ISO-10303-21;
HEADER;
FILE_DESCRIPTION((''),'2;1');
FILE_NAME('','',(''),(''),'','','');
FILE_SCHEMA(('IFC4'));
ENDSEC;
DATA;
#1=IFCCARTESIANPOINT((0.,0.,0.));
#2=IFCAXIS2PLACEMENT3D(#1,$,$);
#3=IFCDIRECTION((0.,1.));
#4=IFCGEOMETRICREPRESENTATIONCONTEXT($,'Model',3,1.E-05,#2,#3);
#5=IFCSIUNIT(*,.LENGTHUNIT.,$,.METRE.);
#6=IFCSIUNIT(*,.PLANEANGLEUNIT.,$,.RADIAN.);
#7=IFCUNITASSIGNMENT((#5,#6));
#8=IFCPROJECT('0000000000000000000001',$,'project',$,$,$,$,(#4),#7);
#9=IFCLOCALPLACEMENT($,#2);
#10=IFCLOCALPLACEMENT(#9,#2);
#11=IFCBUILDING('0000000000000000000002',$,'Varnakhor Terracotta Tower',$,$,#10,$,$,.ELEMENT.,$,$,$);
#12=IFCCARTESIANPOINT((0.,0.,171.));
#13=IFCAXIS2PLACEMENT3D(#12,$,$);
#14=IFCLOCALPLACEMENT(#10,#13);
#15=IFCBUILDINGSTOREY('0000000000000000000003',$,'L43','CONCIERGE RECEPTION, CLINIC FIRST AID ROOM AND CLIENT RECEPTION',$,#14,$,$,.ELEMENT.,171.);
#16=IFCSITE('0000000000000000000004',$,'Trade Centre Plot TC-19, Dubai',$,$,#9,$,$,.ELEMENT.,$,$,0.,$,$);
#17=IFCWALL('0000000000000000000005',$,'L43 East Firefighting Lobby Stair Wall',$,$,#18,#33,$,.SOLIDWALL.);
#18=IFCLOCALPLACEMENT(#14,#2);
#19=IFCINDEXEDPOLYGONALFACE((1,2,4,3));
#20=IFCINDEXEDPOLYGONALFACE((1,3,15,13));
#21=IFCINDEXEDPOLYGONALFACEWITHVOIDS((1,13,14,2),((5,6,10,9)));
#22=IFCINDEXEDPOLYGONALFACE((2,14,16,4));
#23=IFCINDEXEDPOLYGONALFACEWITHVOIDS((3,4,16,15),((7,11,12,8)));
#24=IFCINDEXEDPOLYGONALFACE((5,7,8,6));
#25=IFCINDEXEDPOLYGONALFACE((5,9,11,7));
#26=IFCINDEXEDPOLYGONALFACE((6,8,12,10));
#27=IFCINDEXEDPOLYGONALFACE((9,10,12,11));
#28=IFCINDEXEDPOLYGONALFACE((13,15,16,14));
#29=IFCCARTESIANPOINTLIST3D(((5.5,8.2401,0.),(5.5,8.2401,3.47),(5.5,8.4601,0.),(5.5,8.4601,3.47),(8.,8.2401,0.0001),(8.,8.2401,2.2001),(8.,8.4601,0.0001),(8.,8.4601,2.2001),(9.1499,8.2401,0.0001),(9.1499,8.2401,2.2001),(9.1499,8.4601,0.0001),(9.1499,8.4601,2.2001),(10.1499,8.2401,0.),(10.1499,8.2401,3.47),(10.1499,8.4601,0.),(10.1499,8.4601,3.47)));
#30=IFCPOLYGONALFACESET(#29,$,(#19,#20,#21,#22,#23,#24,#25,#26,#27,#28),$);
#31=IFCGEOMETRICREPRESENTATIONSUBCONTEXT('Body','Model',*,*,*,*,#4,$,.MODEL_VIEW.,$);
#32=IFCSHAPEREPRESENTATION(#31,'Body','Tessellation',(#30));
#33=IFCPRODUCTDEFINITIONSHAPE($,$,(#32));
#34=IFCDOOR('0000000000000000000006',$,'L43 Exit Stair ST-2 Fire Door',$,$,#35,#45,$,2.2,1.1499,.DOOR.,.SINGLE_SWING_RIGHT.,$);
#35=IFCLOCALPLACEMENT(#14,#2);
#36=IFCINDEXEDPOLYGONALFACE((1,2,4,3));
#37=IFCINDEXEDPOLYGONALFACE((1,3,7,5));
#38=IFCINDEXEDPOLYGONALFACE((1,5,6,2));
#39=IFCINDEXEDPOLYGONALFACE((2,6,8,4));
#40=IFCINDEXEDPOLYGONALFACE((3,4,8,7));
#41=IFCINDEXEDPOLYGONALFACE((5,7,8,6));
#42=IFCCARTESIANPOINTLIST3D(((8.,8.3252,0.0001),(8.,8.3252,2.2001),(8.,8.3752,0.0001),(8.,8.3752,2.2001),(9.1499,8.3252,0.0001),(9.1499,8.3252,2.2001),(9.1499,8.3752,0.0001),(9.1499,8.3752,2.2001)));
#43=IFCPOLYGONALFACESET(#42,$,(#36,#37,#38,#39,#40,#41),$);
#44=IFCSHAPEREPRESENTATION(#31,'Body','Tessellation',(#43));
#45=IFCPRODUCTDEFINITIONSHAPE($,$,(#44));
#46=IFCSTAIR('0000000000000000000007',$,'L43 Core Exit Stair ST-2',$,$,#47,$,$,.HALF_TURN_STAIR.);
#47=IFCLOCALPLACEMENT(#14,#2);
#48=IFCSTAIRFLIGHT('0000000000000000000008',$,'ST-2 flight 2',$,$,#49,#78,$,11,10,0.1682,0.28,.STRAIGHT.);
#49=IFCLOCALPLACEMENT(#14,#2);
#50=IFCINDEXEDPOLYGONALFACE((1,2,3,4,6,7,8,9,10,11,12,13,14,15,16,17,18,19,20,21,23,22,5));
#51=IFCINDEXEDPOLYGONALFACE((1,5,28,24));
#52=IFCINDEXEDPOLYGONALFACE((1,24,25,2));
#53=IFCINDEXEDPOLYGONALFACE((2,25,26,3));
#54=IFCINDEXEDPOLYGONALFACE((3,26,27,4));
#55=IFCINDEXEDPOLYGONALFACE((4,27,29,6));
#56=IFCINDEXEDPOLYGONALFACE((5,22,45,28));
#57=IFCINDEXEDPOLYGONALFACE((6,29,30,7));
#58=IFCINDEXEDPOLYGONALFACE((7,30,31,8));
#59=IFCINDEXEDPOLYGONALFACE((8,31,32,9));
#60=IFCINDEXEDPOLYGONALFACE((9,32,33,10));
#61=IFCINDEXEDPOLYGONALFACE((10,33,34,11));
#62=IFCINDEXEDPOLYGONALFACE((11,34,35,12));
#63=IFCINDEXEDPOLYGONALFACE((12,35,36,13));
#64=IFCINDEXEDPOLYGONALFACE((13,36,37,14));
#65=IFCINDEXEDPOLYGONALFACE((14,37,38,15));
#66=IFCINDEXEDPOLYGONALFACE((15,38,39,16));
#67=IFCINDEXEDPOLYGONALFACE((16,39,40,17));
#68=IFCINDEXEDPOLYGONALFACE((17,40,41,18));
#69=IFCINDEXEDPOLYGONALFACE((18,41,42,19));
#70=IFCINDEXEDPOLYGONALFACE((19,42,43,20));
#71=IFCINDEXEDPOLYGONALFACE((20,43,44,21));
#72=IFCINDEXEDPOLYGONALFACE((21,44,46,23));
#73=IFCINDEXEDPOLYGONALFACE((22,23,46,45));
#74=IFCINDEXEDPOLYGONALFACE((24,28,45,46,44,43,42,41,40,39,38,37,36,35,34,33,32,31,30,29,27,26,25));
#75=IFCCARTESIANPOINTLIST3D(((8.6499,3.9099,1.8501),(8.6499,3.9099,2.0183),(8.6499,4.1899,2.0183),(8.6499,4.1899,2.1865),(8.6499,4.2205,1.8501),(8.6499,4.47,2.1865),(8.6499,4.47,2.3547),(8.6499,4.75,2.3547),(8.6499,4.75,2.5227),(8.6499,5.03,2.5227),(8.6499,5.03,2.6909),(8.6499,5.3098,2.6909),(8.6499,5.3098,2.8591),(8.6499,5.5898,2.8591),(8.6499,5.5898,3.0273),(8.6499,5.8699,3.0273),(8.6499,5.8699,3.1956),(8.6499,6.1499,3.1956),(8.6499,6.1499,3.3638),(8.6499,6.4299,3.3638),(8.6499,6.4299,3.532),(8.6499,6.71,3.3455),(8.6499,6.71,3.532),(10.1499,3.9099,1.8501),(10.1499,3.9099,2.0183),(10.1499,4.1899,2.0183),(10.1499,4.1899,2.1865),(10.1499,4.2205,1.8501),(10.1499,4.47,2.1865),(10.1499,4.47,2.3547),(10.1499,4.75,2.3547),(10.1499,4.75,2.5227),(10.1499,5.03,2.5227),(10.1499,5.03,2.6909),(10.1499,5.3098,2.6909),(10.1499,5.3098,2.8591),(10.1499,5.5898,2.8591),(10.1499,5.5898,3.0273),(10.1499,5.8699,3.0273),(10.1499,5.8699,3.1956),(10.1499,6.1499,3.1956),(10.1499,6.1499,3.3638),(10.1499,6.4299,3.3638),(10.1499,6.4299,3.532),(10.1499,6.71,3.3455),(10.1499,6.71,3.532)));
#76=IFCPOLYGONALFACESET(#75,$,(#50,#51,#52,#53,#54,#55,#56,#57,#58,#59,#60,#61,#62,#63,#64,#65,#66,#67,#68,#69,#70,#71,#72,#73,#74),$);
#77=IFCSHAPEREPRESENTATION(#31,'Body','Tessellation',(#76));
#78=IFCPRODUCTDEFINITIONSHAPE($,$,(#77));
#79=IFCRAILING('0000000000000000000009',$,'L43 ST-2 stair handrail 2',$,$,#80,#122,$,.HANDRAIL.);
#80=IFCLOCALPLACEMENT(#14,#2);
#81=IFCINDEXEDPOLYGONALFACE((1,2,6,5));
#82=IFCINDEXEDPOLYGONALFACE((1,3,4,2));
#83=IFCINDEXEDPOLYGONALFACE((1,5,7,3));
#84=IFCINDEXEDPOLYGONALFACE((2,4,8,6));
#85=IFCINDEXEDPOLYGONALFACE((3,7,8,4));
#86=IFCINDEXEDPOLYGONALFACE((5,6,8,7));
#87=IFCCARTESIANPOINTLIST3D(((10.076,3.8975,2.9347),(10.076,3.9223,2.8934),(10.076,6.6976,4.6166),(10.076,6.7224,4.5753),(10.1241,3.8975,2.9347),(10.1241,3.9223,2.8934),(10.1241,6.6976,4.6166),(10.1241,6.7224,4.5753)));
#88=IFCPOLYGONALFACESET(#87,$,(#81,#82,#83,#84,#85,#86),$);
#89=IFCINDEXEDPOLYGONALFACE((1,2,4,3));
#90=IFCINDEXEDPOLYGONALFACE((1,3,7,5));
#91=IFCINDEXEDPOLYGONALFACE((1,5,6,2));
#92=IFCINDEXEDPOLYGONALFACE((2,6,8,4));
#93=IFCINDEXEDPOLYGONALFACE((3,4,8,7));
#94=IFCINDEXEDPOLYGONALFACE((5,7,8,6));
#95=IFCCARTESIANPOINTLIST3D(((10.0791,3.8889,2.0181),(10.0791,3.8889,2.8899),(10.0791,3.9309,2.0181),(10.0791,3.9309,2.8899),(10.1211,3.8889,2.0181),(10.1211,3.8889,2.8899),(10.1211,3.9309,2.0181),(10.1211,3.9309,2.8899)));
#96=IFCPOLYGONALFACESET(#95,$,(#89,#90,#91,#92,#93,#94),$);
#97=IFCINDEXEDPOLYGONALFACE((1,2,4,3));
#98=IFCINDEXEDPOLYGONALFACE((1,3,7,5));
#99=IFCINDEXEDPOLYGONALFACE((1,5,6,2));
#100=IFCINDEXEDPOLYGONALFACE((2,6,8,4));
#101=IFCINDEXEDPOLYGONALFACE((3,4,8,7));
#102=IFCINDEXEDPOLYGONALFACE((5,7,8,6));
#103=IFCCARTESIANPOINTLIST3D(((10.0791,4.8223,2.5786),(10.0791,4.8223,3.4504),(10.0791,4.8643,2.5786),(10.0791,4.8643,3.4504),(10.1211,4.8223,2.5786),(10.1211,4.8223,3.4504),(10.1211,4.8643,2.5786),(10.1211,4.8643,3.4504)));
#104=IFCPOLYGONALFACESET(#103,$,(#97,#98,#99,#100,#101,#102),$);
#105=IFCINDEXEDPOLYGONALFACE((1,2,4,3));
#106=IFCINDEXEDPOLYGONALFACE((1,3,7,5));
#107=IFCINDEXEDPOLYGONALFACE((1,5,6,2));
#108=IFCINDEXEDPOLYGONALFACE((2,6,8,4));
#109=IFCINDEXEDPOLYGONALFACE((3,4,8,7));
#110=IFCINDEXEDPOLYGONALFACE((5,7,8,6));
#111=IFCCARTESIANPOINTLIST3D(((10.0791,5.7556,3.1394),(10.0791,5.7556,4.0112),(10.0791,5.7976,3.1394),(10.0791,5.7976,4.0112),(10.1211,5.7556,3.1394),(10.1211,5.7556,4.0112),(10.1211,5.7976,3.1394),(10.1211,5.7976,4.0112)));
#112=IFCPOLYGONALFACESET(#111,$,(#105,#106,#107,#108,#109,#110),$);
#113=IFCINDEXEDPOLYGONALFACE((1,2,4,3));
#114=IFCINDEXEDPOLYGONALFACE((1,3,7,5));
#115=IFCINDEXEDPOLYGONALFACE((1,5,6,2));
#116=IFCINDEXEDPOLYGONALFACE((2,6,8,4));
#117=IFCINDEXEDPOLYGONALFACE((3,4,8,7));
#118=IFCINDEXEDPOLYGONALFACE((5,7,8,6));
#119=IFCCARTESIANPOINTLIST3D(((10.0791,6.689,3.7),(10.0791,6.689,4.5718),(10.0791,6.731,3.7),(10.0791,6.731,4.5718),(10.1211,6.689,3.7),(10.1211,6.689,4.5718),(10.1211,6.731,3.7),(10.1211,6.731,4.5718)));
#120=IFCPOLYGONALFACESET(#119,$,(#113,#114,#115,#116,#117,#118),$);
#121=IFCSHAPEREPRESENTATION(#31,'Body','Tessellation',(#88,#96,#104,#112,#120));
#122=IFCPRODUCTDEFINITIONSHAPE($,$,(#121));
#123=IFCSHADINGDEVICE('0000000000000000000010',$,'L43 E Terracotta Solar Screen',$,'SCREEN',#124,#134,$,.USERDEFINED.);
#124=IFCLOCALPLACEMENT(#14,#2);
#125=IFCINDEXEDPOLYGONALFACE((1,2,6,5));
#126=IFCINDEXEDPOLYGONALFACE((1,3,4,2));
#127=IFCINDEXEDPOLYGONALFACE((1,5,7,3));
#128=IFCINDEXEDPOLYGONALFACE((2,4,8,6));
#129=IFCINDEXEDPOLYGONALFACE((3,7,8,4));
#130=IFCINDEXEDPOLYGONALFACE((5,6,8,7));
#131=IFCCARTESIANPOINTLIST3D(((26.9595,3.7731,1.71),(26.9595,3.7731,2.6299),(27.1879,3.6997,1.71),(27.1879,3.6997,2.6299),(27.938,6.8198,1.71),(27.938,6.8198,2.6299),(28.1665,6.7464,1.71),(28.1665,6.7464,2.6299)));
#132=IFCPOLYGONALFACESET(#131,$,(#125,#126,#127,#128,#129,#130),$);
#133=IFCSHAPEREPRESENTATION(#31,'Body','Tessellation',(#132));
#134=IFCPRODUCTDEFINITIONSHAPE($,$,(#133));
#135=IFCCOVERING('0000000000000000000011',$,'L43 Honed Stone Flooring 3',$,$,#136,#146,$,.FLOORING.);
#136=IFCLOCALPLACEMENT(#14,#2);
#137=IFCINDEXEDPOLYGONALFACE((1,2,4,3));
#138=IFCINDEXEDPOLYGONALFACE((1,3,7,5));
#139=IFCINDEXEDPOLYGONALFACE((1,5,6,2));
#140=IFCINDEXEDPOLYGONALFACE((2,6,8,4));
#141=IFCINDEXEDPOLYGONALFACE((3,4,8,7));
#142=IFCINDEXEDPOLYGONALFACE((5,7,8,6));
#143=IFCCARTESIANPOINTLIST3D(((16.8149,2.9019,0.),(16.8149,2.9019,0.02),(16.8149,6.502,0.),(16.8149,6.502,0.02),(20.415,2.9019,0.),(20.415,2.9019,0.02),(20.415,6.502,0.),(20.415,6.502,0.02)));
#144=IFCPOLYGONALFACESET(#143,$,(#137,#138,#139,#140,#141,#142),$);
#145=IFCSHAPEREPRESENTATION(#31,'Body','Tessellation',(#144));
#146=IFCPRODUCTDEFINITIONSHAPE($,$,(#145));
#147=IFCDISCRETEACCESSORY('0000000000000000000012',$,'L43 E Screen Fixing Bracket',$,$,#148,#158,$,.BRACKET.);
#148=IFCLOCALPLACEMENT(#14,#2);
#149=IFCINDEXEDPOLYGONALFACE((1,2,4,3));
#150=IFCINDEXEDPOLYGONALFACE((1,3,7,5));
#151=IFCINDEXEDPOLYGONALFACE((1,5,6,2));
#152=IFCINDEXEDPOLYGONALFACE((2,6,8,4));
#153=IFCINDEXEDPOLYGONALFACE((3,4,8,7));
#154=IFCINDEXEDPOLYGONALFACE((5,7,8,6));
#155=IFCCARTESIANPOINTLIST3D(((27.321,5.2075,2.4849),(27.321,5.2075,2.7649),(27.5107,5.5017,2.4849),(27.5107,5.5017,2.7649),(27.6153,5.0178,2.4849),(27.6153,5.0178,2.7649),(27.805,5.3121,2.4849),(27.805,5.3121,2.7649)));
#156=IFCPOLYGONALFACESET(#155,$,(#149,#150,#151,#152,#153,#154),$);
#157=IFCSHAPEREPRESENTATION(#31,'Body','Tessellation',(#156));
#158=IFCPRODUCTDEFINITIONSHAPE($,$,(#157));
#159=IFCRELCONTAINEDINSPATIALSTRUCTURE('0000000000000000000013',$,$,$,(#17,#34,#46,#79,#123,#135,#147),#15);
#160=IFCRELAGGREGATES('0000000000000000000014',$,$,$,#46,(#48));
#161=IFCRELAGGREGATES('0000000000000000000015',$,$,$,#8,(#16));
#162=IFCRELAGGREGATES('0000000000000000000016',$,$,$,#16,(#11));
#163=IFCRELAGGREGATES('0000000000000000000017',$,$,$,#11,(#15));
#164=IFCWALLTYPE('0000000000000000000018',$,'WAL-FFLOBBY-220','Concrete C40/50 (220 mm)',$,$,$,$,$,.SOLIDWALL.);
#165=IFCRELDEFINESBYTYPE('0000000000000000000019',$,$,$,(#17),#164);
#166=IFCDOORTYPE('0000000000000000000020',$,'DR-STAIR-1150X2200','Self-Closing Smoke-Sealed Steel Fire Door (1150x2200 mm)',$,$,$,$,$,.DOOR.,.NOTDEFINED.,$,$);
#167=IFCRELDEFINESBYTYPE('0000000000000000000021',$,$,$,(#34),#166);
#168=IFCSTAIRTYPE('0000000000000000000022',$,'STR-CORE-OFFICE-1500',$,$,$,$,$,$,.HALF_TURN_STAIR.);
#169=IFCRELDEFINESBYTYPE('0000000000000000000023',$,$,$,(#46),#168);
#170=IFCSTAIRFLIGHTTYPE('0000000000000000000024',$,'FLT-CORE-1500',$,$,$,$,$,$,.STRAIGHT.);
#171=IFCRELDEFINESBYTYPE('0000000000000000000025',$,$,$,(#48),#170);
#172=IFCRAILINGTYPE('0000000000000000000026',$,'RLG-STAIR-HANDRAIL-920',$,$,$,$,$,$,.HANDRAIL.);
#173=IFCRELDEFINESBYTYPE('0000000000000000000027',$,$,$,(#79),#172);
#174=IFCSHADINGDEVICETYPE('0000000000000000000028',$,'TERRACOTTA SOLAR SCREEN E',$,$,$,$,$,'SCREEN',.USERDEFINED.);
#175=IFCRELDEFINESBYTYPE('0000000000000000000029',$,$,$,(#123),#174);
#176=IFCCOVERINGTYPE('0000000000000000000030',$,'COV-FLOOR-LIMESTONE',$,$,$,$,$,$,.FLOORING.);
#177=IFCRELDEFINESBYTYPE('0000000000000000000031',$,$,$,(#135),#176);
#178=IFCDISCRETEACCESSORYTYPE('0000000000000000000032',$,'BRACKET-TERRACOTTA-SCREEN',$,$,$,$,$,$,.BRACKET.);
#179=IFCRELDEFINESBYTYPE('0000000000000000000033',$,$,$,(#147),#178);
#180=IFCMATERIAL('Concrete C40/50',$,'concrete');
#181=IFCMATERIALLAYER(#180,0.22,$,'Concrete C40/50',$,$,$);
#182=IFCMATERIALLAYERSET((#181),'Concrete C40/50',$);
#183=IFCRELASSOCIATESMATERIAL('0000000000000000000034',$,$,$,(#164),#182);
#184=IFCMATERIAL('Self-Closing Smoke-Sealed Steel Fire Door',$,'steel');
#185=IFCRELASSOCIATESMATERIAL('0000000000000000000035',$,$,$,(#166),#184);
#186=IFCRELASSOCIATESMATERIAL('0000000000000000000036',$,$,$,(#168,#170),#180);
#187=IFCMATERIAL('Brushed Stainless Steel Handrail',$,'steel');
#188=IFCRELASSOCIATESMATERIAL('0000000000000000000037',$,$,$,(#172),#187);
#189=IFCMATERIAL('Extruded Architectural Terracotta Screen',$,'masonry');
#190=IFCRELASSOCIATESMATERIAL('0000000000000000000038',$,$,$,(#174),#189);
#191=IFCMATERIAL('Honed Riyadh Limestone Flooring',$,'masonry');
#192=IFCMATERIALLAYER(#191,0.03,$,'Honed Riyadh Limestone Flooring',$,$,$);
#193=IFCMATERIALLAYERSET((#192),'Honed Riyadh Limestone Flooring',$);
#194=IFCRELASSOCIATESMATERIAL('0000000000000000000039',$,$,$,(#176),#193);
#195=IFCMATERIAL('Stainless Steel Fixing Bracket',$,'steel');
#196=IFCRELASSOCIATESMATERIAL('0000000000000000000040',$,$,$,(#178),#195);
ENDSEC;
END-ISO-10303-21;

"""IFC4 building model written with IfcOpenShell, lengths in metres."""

from ifc_helpers import new_model, si_unit, direction, frame, frame_2d, origin, origin_2d, place, context, subcontext, project, spatial, polyline, rectangle, outline, extrude, source, transform, mapped, material, layer, layer_set, type_object, type_shapes, element, fill, aggregate, save


model = new_model("IFC4")

# Units and contexts
model_context = context("Model", 3, precision=1e-05, world=origin(), true_north=direction((0.0, 1.0)))
body_context = subcontext(model_context, "Body", "Model", "MODEL_VIEW")
ifc_project = project(units=[si_unit("LENGTHUNIT", "METRE"), si_unit("PLANEANGLEUNIT", "RADIAN")], contexts=[model_context])

# Site, building, storey
site_placement = place(None, origin())
site = spatial("IfcSite", under=ifc_project, at=site_placement, Name="Trade Centre Plot TC-19, Dubai", CompositionType="ELEMENT", RefElevation=0.0)
building_placement = place(site_placement, origin())
building = spatial("IfcBuilding", under=site, at=building_placement, Name="Varnakhor Terracotta Tower", CompositionType="ELEMENT")
storey_placement = place(building_placement, frame((0.0, 0.0, 171.0)))
storey = spatial("IfcBuildingStorey", under=building, at=storey_placement, Name="L43", Description="CONCIERGE RECEPTION, CLINIC FIRST AID ROOM AND CLIENT RECEPTION", CompositionType="ELEMENT", Elevation=171.0)

# Wall, opening, door
ifc_material_1 = material(Name="Concrete C40/50", Category="concrete")
ifc_layer_1 = layer(ifc_material_1, 0.22, Name="Concrete C40/50")
ifc_layer_set_1 = layer_set([ifc_layer_1], Name="Concrete C40/50")
wall_type_1 = type_object("IfcWallType", Name="WAL-FFLOBBY-220", Description="Concrete C40/50 (220 mm)", PredefinedType="SOLIDWALL", material=ifc_layer_set_1)
wall_1_placement = place(storey_placement, frame((10.1499, 8.3501, 0.0), z_axis=(0.0, 0.0, 1.0), x_axis=(-1.0, 0.0, 0.0)))
wall_1 = element("IfcWall", 1, at=wall_1_placement, inside=storey, type_object=wall_type_1, Name="L43 East Firefighting Lobby Stair Wall", PredefinedType="SOLIDWALL", context=body_context, shape_type="SweptSolid", body=[
    extrude(rectangle(XDim=4.6499, YDim=0.22, at=frame_2d((2.325, 0.0))), origin(), (0.0, 0.0, 1.0), 3.47),
])
opening_placement = place(wall_1_placement, frame((1.0, 0.0, 0.0)))
opening = element("IfcOpeningElement", 2, at=opening_placement, cuts=wall_1, PredefinedType="OPENING", context=body_context, shape_type="SweptSolid", body=[
    extrude(rectangle(XDim=1.1499, YDim=2.2, at=frame_2d((0.575, 1.1001))), frame((0.0, 0.1201, 0.0), z_axis=(0.0, -1.0, 0.0), x_axis=(1.0, 0.0, 0.0)), (0.0, 0.0, 1.0), 0.24),
])
ifc_material_2 = material(Name="Self-Closing Smoke-Sealed Steel Fire Door", Category="steel")
door_type = type_object("IfcDoorType", Name="DR-STAIR-1150X2200", Description="Self-Closing Smoke-Sealed Steel Fire Door (1150x2200 mm)", OperationType="NOTDEFINED", PredefinedType="DOOR", material=ifc_material_2)
shared_shape_1 = source(origin(), body_context, "Body", "SweptSolid", [
    extrude(rectangle(XDim=1.1499, YDim=2.2, at=frame_2d((0.575, 1.1001))), frame((0.0, 0.0249, 0.0), z_axis=(0.0, -1.0, 0.0), x_axis=(1.0, 0.0, 0.0)), (0.0, 0.0, 1.0), 0.05),
])
type_shapes(door_type, [shared_shape_1])
door_placement = place(opening_placement, origin())
door = element("IfcDoor", 3, at=door_placement, inside=storey, type_object=door_type, Name="L43 Exit Stair ST-2 Fire Door", OperationType="SINGLE_SWING_RIGHT", OverallHeight=2.2, OverallWidth=1.1499, PredefinedType="DOOR", context=body_context, shape_type="MappedRepresentation", body=[
    mapped(shared_shape_1, transform((0.0, 0.0, 0.0), scale=1.0)),
])
fill(opening, door)

# Stair, stair flight
stair_type = type_object("IfcStairType", Name="STR-CORE-OFFICE-1500", PredefinedType="HALF_TURN_STAIR", material=ifc_material_1)
stair_placement = place(storey_placement, origin())
stair = element("IfcStair", 4, at=stair_placement, inside=storey, type_object=stair_type, Name="L43 Core Exit Stair ST-2", PredefinedType="HALF_TURN_STAIR")
stair_flight_type = type_object("IfcStairFlightType", Name="FLT-CORE-1500", PredefinedType="STRAIGHT", material=ifc_material_1)
stair_flight_placement = place(storey_placement, frame((9.3999, 3.9099, 1.8501), z_axis=(0.0, 0.0, 1.0), x_axis=(0.0, 1.0, 0.0)))
stair_flight = element("IfcStairFlight", 5, at=stair_flight_placement, type_object=stair_flight_type, Name="ST-2 flight 2", NumberOfRisers=11, NumberOfTreads=10, PredefinedType="STRAIGHT", RiserHeight=0.1682, TreadLength=0.28, context=body_context, shape_type="SweptSolid", body=[
    extrude(outline(polyline([(0.0, 0.0), (0.0, 0.1682), (0.28, 0.1682), (0.28, 0.3364), (0.5601, 0.3364), (0.5601, 0.5046), (0.8401, 0.5046), (0.8401, 0.6726), (1.1201, 0.6726), (1.1201, 0.8408), (1.3999, 0.8408), (1.3999, 1.009), (1.6799, 1.009), (1.6799, 1.1772), (1.96, 1.1772), (1.96, 1.3455), (2.24, 1.3455), (2.24, 1.5137), (2.52, 1.5137), (2.52, 1.6819), (2.8, 1.6819), (2.8, 1.8501), (2.8, 1.4954), (0.3105, 0.0), (0.0, 0.0)])), frame((0.0, 0.75, 0.0), z_axis=(0.0, -1.0, 0.0), x_axis=(1.0, 0.0, 0.0)), (0.0, 0.0, 1.0), 1.5),
])
aggregate(stair, [stair_flight])

# Railing
ifc_material_3 = material(Name="Brushed Stainless Steel Handrail", Category="steel")
railing_type = type_object("IfcRailingType", Name="RLG-STAIR-HANDRAIL-920", PredefinedType="HANDRAIL", material=ifc_material_3)
railing_placement = place(storey_placement, frame((10.1001, 3.9099, 2.0181)))
element("IfcRailing", 6, at=railing_placement, inside=storey, type_object=railing_type, Name="L43 ST-2 stair handrail 2", PredefinedType="HANDRAIL", context=body_context, shape_type="SweptSolid", body=[
    extrude(rectangle(XDim=0.0481, YDim=0.0481, at=origin_2d()), frame((0.0, 0.0, 0.896), z_axis=(0.0, 0.857242, 0.514913), x_axis=(-1.0, 0.0, 0.0)), (0.0, 0.0, 1.0), 3.2664),
    extrude(rectangle(XDim=0.042, YDim=0.042, at=origin_2d()), origin(), (0.0, 0.0, 1.0), 0.8718),
    extrude(rectangle(XDim=0.042, YDim=0.042, at=origin_2d()), frame((0.0, 0.9333, 0.5605)), (0.0, 0.0, 1.0), 0.8718),
    extrude(rectangle(XDim=0.042, YDim=0.042, at=origin_2d()), frame((0.0, 1.8667, 1.1213)), (0.0, 0.0, 1.0), 0.8718),
    extrude(rectangle(XDim=0.042, YDim=0.042, at=origin_2d()), frame((0.0, 2.8, 1.6819)), (0.0, 0.0, 1.0), 0.8718),
])

# Shading device
ifc_material_4 = material(Name="Extruded Architectural Terracotta Screen", Category="masonry")
shading_device_type = type_object("IfcShadingDeviceType", Name="TERRACOTTA SOLAR SCREEN E", ElementType="SCREEN", PredefinedType="USERDEFINED", material=ifc_material_4)
shared_shape_2 = source(origin(), body_context, "Body", "SweptSolid", [
    extrude(rectangle(XDim=3.2, YDim=0.24, at=origin_2d()), origin(), (0.0, 0.0, 1.0), 0.9199),
])
type_shapes(shading_device_type, [shared_shape_2])
shading_device_placement = place(storey_placement, frame((27.563, 5.2598, 1.71), z_axis=(0.0, 0.0, 1.0), x_axis=(0.305812, 0.952092, 0.0)))
element("IfcShadingDevice", 7, at=shading_device_placement, inside=storey, type_object=shading_device_type, Name="L43 E Terracotta Solar Screen", ObjectType="SCREEN", PredefinedType="USERDEFINED", context=body_context, shape_type="MappedRepresentation", body=[
    mapped(shared_shape_2, transform((0.0, 0.0, 0.0), scale=1.0)),
])

# Covering
ifc_material_5 = material(Name="Honed Riyadh Limestone Flooring", Category="masonry")
ifc_layer_2 = layer(ifc_material_5, 0.03, Name="Honed Riyadh Limestone Flooring")
ifc_layer_set_2 = layer_set([ifc_layer_2], Name="Honed Riyadh Limestone Flooring")
covering_type = type_object("IfcCoveringType", Name="COV-FLOOR-LIMESTONE", PredefinedType="FLOORING", material=ifc_layer_set_2)
shared_shape_3 = source(origin(), body_context, "Body", "SweptSolid", [
    extrude(rectangle(XDim=3.6001, YDim=3.6001, at=origin_2d()), origin(), (0.0, 0.0, 1.0), 0.02),
])
covering_placement = place(storey_placement, frame((18.615, 4.7019, 0.0), z_axis=(0.0, 0.0, 1.0), x_axis=(1.0, 0.0, 0.0)))
element("IfcCovering", 8, at=covering_placement, inside=storey, type_object=covering_type, Name="L43 Honed Stone Flooring 3", PredefinedType="FLOORING", context=body_context, shape_type="MappedRepresentation", body=[
    mapped(shared_shape_3, transform((0.0, 0.0, 0.0), scale=1.0)),
])

# Discrete accessory
ifc_material_6 = material(Name="Stainless Steel Fixing Bracket", Category="steel")
discrete_accessory_type = type_object("IfcDiscreteAccessoryType", Name="BRACKET-TERRACOTTA-SCREEN", PredefinedType="BRACKET", material=ifc_material_6)
shared_shape_4 = source(origin(), body_context, "Body", "SweptSolid", [
    extrude(rectangle(XDim=0.3501, YDim=0.3501, at=origin_2d()), origin(), (0.0, 0.0, 1.0), 0.28),
])
type_shapes(discrete_accessory_type, [shared_shape_4])
discrete_accessory_placement = place(storey_placement, frame((27.563, 5.2598, 2.4849), z_axis=(0.0, 0.0, 1.0), x_axis=(0.541811, 0.8405, 0.0)))
element("IfcDiscreteAccessory", 9, at=discrete_accessory_placement, inside=storey, type_object=discrete_accessory_type, Name="L43 E Screen Fixing Bracket", PredefinedType="BRACKET", context=body_context, shape_type="MappedRepresentation", body=[
    mapped(shared_shape_4, transform((0.0, 0.0, 0.0), scale=1.0)),
])

save(model, "model.ifc")
